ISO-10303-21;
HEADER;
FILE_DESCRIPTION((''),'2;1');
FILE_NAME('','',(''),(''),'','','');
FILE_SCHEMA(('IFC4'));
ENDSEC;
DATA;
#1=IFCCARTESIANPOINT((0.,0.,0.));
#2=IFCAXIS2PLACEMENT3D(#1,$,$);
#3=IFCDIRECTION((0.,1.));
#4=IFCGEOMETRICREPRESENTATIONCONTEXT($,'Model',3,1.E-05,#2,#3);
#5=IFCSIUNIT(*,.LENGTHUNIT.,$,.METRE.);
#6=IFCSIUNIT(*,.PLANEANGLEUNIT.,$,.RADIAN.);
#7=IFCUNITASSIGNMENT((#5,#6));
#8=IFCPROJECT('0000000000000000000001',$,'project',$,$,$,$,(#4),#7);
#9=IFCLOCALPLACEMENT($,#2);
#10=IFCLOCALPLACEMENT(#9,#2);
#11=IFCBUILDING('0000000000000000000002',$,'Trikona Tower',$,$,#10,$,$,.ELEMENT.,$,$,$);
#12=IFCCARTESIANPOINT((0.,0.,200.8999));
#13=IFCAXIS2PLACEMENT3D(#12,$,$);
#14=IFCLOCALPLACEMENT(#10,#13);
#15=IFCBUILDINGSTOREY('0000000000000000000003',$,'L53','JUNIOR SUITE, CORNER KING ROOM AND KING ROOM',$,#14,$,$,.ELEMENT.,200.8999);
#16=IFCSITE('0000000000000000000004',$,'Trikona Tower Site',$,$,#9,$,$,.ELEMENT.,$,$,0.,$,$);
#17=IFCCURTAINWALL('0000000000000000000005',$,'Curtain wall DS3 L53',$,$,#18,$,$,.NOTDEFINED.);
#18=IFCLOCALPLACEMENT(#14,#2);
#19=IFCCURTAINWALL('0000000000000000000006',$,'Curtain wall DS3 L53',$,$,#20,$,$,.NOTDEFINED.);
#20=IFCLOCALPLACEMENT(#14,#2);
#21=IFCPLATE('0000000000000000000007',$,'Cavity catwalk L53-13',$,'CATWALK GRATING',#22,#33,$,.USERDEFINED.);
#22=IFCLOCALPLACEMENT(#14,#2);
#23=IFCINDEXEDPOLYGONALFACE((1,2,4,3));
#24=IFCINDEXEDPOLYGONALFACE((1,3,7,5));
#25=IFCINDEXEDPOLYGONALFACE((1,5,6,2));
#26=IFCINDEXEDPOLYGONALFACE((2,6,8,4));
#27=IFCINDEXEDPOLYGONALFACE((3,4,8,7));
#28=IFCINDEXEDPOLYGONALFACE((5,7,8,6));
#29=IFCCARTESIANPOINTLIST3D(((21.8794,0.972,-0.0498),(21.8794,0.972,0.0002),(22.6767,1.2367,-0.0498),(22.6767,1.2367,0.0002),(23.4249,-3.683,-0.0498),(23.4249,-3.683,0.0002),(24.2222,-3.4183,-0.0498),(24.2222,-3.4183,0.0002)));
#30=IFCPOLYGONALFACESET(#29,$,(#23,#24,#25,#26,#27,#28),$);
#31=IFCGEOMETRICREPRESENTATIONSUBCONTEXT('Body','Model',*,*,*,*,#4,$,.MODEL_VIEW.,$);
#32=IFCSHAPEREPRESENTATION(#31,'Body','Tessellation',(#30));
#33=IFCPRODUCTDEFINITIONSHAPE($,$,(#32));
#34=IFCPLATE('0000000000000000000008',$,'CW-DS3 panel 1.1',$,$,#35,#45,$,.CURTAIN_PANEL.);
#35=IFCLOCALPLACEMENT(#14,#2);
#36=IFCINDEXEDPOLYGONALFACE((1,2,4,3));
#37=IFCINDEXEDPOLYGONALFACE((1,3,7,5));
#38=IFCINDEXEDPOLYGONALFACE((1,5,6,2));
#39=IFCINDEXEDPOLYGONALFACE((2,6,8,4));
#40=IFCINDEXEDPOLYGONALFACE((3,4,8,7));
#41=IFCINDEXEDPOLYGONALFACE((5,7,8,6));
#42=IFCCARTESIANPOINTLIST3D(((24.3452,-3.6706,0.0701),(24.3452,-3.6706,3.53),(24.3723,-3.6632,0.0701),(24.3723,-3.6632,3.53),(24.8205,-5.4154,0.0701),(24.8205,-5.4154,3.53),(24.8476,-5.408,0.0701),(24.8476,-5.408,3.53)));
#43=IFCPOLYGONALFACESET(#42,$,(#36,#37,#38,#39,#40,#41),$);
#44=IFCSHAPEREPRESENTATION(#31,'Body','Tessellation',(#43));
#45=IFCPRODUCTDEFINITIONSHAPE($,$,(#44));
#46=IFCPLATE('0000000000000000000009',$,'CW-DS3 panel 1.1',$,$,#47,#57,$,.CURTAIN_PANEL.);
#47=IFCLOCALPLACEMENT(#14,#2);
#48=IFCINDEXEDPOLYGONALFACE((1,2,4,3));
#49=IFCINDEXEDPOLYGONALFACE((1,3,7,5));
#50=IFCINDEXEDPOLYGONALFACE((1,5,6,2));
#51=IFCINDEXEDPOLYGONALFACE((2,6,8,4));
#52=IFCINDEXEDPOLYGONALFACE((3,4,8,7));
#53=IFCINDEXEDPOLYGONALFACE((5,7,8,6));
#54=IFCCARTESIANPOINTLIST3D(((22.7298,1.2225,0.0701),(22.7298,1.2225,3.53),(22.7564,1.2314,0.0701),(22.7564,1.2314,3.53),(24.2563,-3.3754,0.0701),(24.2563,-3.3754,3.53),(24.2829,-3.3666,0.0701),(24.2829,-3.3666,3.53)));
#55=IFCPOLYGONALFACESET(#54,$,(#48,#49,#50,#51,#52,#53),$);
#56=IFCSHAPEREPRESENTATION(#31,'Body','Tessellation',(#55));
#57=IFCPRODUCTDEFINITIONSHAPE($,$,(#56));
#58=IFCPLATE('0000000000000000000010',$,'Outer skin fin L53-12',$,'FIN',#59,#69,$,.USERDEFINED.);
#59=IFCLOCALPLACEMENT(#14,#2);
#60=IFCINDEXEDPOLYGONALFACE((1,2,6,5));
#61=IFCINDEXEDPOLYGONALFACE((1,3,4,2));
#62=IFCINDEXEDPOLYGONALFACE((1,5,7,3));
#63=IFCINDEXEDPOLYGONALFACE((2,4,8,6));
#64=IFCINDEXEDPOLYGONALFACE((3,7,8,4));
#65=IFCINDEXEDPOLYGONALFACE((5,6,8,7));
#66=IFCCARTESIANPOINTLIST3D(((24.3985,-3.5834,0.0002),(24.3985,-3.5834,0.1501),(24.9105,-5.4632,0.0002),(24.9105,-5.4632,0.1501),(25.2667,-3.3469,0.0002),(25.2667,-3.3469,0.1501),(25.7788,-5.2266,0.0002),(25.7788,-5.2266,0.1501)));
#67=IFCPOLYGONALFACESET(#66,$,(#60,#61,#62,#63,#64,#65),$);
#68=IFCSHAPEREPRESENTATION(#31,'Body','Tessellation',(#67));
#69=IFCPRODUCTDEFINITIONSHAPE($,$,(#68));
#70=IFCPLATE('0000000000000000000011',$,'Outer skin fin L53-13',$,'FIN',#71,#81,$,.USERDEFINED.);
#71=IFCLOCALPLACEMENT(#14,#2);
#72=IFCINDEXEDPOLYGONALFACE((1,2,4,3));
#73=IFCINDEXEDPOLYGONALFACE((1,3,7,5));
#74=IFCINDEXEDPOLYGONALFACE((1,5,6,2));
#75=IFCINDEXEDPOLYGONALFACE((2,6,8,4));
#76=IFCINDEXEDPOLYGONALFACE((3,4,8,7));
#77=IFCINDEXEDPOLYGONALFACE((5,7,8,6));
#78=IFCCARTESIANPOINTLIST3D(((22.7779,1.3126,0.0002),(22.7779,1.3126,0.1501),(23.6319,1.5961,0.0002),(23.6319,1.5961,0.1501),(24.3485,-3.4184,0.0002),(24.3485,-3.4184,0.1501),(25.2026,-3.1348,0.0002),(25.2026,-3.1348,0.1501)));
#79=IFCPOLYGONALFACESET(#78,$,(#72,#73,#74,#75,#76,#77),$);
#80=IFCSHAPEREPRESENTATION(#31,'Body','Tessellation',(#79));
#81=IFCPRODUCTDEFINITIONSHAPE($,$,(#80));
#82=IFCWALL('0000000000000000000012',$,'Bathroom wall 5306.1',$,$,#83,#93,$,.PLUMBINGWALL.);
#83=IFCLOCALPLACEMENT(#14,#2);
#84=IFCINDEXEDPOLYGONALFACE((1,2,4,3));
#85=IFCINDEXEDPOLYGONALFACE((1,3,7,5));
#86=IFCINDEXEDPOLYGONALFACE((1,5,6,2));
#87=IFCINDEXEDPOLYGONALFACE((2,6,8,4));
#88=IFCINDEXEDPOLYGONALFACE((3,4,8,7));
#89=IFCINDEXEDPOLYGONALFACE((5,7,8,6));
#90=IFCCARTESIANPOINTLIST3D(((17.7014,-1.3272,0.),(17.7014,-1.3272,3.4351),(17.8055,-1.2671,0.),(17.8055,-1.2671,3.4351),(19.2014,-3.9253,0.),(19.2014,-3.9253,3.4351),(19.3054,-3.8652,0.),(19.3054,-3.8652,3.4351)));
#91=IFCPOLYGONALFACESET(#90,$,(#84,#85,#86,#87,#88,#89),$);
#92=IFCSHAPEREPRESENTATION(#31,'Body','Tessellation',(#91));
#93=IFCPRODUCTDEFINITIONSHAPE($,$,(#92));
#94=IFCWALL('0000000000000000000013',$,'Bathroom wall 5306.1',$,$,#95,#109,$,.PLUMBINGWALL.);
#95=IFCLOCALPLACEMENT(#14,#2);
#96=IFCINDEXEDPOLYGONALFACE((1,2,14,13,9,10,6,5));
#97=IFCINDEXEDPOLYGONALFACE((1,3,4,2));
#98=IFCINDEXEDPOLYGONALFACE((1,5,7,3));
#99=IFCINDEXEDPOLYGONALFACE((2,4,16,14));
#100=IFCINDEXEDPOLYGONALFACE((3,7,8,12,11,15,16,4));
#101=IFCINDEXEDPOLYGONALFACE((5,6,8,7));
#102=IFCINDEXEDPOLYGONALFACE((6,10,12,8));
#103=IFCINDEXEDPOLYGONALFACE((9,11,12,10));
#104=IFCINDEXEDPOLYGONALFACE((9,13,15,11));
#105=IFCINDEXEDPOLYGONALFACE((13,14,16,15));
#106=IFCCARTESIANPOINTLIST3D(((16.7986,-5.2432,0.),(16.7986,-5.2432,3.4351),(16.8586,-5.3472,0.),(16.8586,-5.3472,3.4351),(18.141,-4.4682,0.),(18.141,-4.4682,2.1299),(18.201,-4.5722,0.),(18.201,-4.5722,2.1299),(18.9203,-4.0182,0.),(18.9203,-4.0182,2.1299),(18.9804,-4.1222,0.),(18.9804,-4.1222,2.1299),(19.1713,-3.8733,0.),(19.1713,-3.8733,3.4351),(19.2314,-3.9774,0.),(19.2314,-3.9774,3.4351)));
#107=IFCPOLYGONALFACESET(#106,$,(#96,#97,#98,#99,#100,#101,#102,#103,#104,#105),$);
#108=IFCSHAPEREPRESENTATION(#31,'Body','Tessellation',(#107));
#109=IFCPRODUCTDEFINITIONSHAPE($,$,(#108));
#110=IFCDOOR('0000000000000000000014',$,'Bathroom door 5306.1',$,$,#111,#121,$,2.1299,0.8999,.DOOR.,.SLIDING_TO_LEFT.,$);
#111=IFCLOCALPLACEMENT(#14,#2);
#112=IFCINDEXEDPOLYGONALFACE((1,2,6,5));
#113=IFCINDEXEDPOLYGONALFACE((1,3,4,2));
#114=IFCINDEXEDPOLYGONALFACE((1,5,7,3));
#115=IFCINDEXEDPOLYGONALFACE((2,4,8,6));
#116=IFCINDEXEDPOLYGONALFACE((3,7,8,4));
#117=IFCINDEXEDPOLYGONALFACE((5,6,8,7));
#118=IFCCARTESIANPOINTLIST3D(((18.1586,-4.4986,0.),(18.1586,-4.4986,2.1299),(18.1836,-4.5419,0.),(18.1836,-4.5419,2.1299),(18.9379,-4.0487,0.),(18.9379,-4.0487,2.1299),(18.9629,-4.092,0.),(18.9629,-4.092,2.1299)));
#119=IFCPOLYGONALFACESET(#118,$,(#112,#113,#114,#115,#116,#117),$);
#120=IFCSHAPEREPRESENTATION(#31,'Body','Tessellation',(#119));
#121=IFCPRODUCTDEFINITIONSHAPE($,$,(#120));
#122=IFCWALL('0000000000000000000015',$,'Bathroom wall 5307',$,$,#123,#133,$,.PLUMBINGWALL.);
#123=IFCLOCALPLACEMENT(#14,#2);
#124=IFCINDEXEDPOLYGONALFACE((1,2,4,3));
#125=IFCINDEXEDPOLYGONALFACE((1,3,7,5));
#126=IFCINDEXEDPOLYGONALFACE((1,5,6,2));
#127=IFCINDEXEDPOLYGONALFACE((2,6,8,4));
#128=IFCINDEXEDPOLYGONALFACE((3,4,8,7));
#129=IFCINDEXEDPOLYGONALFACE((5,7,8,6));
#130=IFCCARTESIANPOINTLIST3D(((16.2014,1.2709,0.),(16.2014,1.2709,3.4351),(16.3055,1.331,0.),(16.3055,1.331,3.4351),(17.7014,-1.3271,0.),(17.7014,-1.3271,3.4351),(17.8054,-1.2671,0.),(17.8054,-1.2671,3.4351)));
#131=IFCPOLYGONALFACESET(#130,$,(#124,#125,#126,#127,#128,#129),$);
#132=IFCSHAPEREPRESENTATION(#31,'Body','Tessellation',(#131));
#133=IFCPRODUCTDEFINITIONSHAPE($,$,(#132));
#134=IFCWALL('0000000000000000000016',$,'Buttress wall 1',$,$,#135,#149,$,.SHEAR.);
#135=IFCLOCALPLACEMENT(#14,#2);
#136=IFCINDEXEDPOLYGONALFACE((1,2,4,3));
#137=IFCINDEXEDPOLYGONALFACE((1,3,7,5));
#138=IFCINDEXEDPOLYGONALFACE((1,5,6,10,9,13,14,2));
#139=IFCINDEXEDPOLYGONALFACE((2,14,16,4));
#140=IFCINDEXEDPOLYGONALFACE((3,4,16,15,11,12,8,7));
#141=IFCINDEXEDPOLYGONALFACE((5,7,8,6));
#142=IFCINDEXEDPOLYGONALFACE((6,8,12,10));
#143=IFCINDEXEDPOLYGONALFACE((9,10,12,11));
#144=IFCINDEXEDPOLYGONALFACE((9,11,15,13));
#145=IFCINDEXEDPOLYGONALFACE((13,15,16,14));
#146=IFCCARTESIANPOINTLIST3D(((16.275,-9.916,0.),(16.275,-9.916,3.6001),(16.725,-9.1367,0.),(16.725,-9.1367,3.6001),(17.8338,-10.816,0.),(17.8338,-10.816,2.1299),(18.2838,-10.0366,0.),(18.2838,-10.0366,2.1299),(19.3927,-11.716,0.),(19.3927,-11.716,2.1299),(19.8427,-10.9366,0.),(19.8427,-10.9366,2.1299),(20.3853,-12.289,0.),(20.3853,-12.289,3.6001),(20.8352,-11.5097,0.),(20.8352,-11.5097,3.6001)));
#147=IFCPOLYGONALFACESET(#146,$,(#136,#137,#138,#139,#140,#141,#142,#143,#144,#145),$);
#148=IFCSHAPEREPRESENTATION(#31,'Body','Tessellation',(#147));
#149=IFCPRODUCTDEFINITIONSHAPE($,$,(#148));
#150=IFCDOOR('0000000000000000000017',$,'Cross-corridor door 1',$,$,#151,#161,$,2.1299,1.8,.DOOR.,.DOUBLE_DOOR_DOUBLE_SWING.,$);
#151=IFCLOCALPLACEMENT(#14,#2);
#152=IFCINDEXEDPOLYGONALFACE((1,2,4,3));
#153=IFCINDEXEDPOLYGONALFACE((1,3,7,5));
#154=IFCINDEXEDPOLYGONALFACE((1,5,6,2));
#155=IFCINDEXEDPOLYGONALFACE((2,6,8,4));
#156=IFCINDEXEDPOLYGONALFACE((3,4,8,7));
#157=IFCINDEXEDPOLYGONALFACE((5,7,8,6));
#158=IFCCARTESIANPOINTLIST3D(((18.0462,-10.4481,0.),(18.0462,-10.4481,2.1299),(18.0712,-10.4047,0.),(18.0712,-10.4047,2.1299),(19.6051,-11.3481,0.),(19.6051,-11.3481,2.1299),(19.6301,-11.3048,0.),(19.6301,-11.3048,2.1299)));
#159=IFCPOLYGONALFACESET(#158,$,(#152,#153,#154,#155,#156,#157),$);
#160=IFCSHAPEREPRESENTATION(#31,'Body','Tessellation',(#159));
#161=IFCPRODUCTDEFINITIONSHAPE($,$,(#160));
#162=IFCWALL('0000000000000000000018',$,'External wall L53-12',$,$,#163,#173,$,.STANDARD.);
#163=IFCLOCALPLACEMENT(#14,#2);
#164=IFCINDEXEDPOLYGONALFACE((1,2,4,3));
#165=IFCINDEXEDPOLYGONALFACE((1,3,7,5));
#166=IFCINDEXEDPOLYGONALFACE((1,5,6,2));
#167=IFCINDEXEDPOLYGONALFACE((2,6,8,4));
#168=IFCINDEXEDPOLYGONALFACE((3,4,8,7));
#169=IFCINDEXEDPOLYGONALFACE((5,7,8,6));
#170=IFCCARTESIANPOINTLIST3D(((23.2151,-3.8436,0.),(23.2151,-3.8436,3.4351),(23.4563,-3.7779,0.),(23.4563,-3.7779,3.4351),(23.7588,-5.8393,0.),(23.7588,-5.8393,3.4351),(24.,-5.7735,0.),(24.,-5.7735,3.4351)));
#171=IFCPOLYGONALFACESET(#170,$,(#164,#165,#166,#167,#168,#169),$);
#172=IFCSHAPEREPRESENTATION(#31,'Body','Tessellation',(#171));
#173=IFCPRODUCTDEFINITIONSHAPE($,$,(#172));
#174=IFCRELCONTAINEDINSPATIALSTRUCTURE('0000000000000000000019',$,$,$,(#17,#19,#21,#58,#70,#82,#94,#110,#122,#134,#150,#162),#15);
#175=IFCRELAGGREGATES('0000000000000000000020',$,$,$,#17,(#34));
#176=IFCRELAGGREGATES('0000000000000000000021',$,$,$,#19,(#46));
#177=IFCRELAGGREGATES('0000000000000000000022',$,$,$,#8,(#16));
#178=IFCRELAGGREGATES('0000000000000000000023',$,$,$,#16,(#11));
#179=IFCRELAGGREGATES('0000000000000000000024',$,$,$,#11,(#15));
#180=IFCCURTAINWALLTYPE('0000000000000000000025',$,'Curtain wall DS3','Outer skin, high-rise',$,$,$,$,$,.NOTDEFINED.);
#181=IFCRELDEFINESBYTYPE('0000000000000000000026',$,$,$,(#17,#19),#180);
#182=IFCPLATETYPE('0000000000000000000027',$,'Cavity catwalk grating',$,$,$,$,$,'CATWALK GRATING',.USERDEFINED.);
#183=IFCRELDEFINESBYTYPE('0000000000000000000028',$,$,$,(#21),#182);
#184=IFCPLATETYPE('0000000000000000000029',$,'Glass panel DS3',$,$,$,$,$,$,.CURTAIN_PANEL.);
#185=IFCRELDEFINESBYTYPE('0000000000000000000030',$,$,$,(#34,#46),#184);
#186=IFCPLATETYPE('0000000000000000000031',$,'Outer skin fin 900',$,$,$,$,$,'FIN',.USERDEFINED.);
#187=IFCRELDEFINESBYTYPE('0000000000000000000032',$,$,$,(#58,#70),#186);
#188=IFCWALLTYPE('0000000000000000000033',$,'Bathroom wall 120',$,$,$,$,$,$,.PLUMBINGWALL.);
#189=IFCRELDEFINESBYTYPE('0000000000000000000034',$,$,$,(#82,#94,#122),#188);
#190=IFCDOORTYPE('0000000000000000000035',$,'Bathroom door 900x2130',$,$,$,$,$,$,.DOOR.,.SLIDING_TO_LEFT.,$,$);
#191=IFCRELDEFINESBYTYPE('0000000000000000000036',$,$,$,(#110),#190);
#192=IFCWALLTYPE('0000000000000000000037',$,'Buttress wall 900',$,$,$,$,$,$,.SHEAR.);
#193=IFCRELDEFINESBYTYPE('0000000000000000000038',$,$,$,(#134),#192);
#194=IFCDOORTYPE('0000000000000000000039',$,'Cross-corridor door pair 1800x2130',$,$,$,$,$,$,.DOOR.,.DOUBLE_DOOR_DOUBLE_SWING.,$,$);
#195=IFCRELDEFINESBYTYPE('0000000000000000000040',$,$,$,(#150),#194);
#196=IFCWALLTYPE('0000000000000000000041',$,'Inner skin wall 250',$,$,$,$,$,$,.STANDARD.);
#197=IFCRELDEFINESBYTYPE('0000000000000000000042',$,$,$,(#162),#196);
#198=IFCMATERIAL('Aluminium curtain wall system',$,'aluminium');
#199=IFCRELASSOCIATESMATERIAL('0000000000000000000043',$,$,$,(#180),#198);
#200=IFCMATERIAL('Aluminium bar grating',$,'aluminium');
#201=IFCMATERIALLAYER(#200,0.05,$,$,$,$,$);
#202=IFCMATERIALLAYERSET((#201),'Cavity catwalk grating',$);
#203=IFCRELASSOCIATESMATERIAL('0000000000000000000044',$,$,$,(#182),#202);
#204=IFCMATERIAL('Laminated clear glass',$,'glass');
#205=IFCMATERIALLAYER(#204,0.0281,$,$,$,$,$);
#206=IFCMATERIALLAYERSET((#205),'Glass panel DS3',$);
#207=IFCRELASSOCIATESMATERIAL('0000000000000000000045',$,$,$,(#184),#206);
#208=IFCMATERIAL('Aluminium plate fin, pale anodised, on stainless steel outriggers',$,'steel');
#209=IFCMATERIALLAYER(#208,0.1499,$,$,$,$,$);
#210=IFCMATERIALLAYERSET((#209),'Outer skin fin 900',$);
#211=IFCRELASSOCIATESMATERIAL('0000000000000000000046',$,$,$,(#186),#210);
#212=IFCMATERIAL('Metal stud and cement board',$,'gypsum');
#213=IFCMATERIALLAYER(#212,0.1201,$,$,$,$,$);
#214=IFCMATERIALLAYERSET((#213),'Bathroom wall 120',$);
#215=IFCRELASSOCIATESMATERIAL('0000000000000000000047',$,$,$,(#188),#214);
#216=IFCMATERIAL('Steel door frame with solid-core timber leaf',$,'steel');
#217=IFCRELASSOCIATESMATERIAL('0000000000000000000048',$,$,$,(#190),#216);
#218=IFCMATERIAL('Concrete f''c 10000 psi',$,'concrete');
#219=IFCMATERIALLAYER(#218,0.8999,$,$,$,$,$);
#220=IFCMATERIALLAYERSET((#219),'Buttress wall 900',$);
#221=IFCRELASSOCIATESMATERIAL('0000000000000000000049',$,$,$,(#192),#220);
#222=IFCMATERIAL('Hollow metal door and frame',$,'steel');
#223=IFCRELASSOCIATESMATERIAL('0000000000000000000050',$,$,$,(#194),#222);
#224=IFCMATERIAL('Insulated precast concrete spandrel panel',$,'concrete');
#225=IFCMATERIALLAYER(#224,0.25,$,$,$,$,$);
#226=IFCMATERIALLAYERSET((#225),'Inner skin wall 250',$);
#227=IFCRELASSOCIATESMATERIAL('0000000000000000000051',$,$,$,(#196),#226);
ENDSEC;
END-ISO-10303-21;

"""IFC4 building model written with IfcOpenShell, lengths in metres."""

from ifc_helpers import new_model, si_unit, direction, frame, frame_2d, origin, origin_2d, place, context, subcontext, project, spatial, rectangle, extrude, material, layer, layer_set, type_object, element, fill, aggregate, save


model = new_model("IFC4")

# Units and contexts
model_context = context("Model", 3, precision=1e-05, world=origin(), true_north=direction((0.0, 1.0)))
body_context = subcontext(model_context, "Body", "Model", "MODEL_VIEW")
ifc_project = project(units=[si_unit("LENGTHUNIT", "METRE"), si_unit("PLANEANGLEUNIT", "RADIAN")], contexts=[model_context])

# Site, building, storey
site_placement = place(None, origin())
site = spatial("IfcSite", under=ifc_project, at=site_placement, Name="Trikona Tower Site", CompositionType="ELEMENT", RefElevation=0.0)
building_placement = place(site_placement, origin())
building = spatial("IfcBuilding", under=site, at=building_placement, Name="Trikona Tower", CompositionType="ELEMENT")
storey_placement = place(building_placement, frame((0.0, 0.0, 200.8999)))
storey = spatial("IfcBuildingStorey", under=building, at=storey_placement, Name="L53", Description="JUNIOR SUITE, CORNER KING ROOM AND KING ROOM", CompositionType="ELEMENT", Elevation=200.8999)

# Curtain wall
ifc_material_1 = material(Name="Aluminium curtain wall system", Category="aluminium")
curtain_wall_type = type_object("IfcCurtainWallType", Name="Curtain wall DS3", Description="Outer skin, high-rise", PredefinedType="NOTDEFINED", material=ifc_material_1)
curtain_wall_1_placement = place(storey_placement, origin())
curtain_wall_1 = element("IfcCurtainWall", 1, at=curtain_wall_1_placement, inside=storey, type_object=curtain_wall_type, Name="Curtain wall DS3 L53", PredefinedType="NOTDEFINED")

# Curtain wall
curtain_wall_2_placement = place(storey_placement, origin())
curtain_wall_2 = element("IfcCurtainWall", 2, at=curtain_wall_2_placement, inside=storey, type_object=curtain_wall_type, Name="Curtain wall DS3 L53", PredefinedType="NOTDEFINED")

# Plate
ifc_material_2 = material(Name="Aluminium bar grating", Category="aluminium")
ifc_layer_1 = layer(ifc_material_2, 0.05)
ifc_layer_set_1 = layer_set([ifc_layer_1], Name="Cavity catwalk grating")
plate_type_1 = type_object("IfcPlateType", Name="Cavity catwalk grating", ElementType="CATWALK GRATING", PredefinedType="USERDEFINED", material=ifc_layer_set_1)
plate_1_placement = place(storey_placement, frame((23.0508, -1.2231, -0.0498), z_axis=(0.0, 0.0, 1.0), x_axis=(-0.315093, 0.949061, 0.0)))
element("IfcPlate", 3, at=plate_1_placement, inside=storey, type_object=plate_type_1, Name="Cavity catwalk L53-13", ObjectType="CATWALK GRATING", PredefinedType="USERDEFINED", context=body_context, shape_type="SweptSolid", body=[
    extrude(rectangle(XDim=4.9048, YDim=0.8401, at=origin_2d()), origin(), (0.0, 0.0, 1.0), 0.05),
])

# Plates
ifc_material_3 = material(Name="Laminated clear glass", Category="glass")
ifc_layer_2 = layer(ifc_material_3, 0.0281)
ifc_layer_set_2 = layer_set([ifc_layer_2], Name="Glass panel DS3")
plate_type_2 = type_object("IfcPlateType", Name="Glass panel DS3", PredefinedType="CURTAIN_PANEL", material=ifc_layer_set_2)
plate_2_placement = place(storey_placement, frame((24.5964, -4.5393, 0.0701), z_axis=(0.0, 0.0, 1.0), x_axis=(-0.262844, 0.964838, 0.0)))
plate_2 = element("IfcPlate", 4, at=plate_2_placement, type_object=plate_type_2, Name="CW-DS3 panel 1.1", PredefinedType="CURTAIN_PANEL", context=body_context, shape_type="SweptSolid", body=[
    extrude(rectangle(XDim=1.8083, YDim=0.0281, at=origin_2d()), origin(), (0.0, 0.0, 1.0), 3.46),
])
aggregate(curtain_wall_1, [plate_2])
plate_3_placement = place(storey_placement, frame((23.5063, -1.072, 0.0701), z_axis=(0.0, 0.0, 1.0), x_axis=(-0.315078, 0.949066, 0.0)))
plate_3 = element("IfcPlate", 5, at=plate_3_placement, type_object=plate_type_2, Name="CW-DS3 panel 1.1", PredefinedType="CURTAIN_PANEL", context=body_context, shape_type="SweptSolid", body=[
    extrude(rectangle(XDim=4.8447, YDim=0.0281, at=origin_2d()), origin(), (0.0, 0.0, 1.0), 3.46),
])
aggregate(curtain_wall_2, [plate_3])

# Plates
ifc_material_4 = material(Name="Aluminium plate fin, pale anodised, on stainless steel outriggers", Category="steel")
ifc_layer_3 = layer(ifc_material_4, 0.1499)
ifc_layer_set_3 = layer_set([ifc_layer_3], Name="Outer skin fin 900")
plate_type_3 = type_object("IfcPlateType", Name="Outer skin fin 900", ElementType="FIN", PredefinedType="USERDEFINED", material=ifc_layer_set_3)
plate_4_placement = place(storey_placement, frame((25.0886, -4.405, 0.0002), z_axis=(0.0, 0.0, 1.0), x_axis=(-0.262822, 0.964844, 0.0)))
element("IfcPlate", 6, at=plate_4_placement, inside=storey, type_object=plate_type_3, Name="Outer skin fin L53-12", ObjectType="FIN", PredefinedType="USERDEFINED", context=body_context, shape_type="SweptSolid", body=[
    extrude(rectangle(XDim=1.9482, YDim=0.8999, at=origin_2d()), origin(), (0.0, 0.0, 1.0), 0.1499),
])
plate_5_placement = place(storey_placement, frame((23.9902, -0.9111, 0.0002), z_axis=(0.0, 0.0, 1.0), x_axis=(-0.315093, 0.949061, 0.0)))
element("IfcPlate", 7, at=plate_5_placement, inside=storey, type_object=plate_type_3, Name="Outer skin fin L53-13", ObjectType="FIN", PredefinedType="USERDEFINED", context=body_context, shape_type="SweptSolid", body=[
    extrude(rectangle(XDim=4.9849, YDim=0.8999, at=origin_2d()), origin(), (0.0, 0.0, 1.0), 0.1499),
])

# Wall
ifc_material_5 = material(Name="Metal stud and cement board", Category="gypsum")
ifc_layer_4 = layer(ifc_material_5, 0.1201)
ifc_layer_set_4 = layer_set([ifc_layer_4], Name="Bathroom wall 120")
wall_type_1 = type_object("IfcWallType", Name="Bathroom wall 120", PredefinedType="PLUMBINGWALL", material=ifc_layer_set_4)
wall_1_placement = place(storey_placement, frame((19.2534, -3.8953, 0.0), z_axis=(0.0, 0.0, 1.0), x_axis=(-0.49999, 0.866031, 0.0)))
element("IfcWall", 8, at=wall_1_placement, inside=storey, type_object=wall_type_1, Name="Bathroom wall 5306.1", PredefinedType="PLUMBINGWALL", context=body_context, shape_type="SweptSolid", body=[
    extrude(rectangle(XDim=3.0, YDim=0.1201, at=frame_2d((1.5, 0.0))), origin(), (0.0, 0.0, 1.0), 3.4351),
])

# Wall, opening, door
wall_2_placement = place(storey_placement, frame((16.8286, -5.2952, 0.0), z_axis=(0.0, 0.0, 1.0), x_axis=(0.866036, 0.499982, 0.0)))
wall_2 = element("IfcWall", 9, at=wall_2_placement, inside=storey, type_object=wall_type_1, Name="Bathroom wall 5306.1", PredefinedType="PLUMBINGWALL", context=body_context, shape_type="SweptSolid", body=[
    extrude(rectangle(XDim=2.7397, YDim=0.1201, at=frame_2d((1.3699, 0.0))), origin(), (0.0, 0.0, 1.0), 3.4351),
])
opening_1_placement = place(wall_2_placement, frame((1.55, 0.0, 0.0)))
opening_1 = element("IfcOpeningElement", 10, at=opening_1_placement, cuts=wall_2, PredefinedType="OPENING", context=body_context, shape_type="SweptSolid", body=[
    extrude(rectangle(XDim=0.8999, YDim=2.1299, at=frame_2d((0.45, 1.0649))), frame((0.0, 0.0701, 0.0), z_axis=(0.0, -1.0, 0.0), x_axis=(1.0, 0.0, 0.0)), (0.0, 0.0, 1.0), 0.1401),
])
ifc_material_6 = material(Name="Steel door frame with solid-core timber leaf", Category="steel")
door_type_1 = type_object("IfcDoorType", Name="Bathroom door 900x2130", OperationType="SLIDING_TO_LEFT", PredefinedType="DOOR", material=ifc_material_6)
door_1_placement = place(opening_1_placement, origin())
door_1 = element("IfcDoor", 11, at=door_1_placement, inside=storey, type_object=door_type_1, Name="Bathroom door 5306.1", OperationType="SLIDING_TO_LEFT", OverallHeight=2.1299, OverallWidth=0.8999, PredefinedType="DOOR", context=body_context, shape_type="SweptSolid", body=[
    extrude(rectangle(XDim=0.8999, YDim=2.1299, at=frame_2d((0.45, 1.0649))), frame((0.0, 0.0249, 0.0), z_axis=(0.0, -1.0, 0.0), x_axis=(1.0, 0.0, 0.0)), (0.0, 0.0, 1.0), 0.05),
])
fill(opening_1, door_1)

# Wall
wall_3_placement = place(storey_placement, frame((17.7534, -1.2971, 0.0), z_axis=(0.0, 0.0, 1.0), x_axis=(-0.49999, 0.866031, 0.0)))
element("IfcWall", 12, at=wall_3_placement, inside=storey, type_object=wall_type_1, Name="Bathroom wall 5307", PredefinedType="PLUMBINGWALL", context=body_context, shape_type="SweptSolid", body=[
    extrude(rectangle(XDim=3.0, YDim=0.1201, at=frame_2d((1.5, 0.0))), origin(), (0.0, 0.0, 1.0), 3.4351),
])

# Wall, opening, door
ifc_material_7 = material(Name="Concrete f'c 10000 psi", Category="concrete")
ifc_layer_5 = layer(ifc_material_7, 0.8999)
ifc_layer_set_5 = layer_set([ifc_layer_5], Name="Buttress wall 900")
wall_type_2 = type_object("IfcWallType", Name="Buttress wall 900", PredefinedType="SHEAR", material=ifc_layer_set_5)
wall_4_placement = place(storey_placement, frame((16.5, -9.5264, 0.0), z_axis=(0.0, 0.0, 1.0), x_axis=(0.866031, -0.49999, 0.0)))
wall_4 = element("IfcWall", 13, at=wall_4_placement, inside=storey, type_object=wall_type_2, Name="Buttress wall 1", PredefinedType="SHEAR", context=body_context, shape_type="SweptSolid", body=[
    extrude(rectangle(XDim=4.7461, YDim=0.8999, at=frame_2d((2.373, 0.0))), origin(), (0.0, 0.0, 1.0), 3.6001),
])
opening_2_placement = place(wall_4_placement, frame((1.8, 0.0, 0.0)))
opening_2 = element("IfcOpeningElement", 14, at=opening_2_placement, cuts=wall_4, PredefinedType="OPENING", context=body_context, shape_type="SweptSolid", body=[
    extrude(rectangle(XDim=1.8, YDim=2.1299, at=frame_2d((0.8999, 1.0649))), frame((0.0, 0.46, 0.0), z_axis=(0.0, -1.0, 0.0), x_axis=(1.0, 0.0, 0.0)), (0.0, 0.0, 1.0), 0.9199),
])
ifc_material_8 = material(Name="Hollow metal door and frame", Category="steel")
door_type_2 = type_object("IfcDoorType", Name="Cross-corridor door pair 1800x2130", OperationType="DOUBLE_DOOR_DOUBLE_SWING", PredefinedType="DOOR", material=ifc_material_8)
door_2_placement = place(opening_2_placement, origin())
door_2 = element("IfcDoor", 15, at=door_2_placement, inside=storey, type_object=door_type_2, Name="Cross-corridor door 1", OperationType="DOUBLE_DOOR_DOUBLE_SWING", OverallHeight=2.1299, OverallWidth=1.8, PredefinedType="DOOR", context=body_context, shape_type="SweptSolid", body=[
    extrude(rectangle(XDim=1.8, YDim=2.1299, at=frame_2d((0.8999, 1.0649))), frame((0.0, 0.0249, 0.0), z_axis=(0.0, -1.0, 0.0), x_axis=(1.0, 0.0, 0.0)), (0.0, 0.0, 1.0), 0.05),
])
fill(opening_2, door_2)

# Wall
ifc_material_9 = material(Name="Insulated precast concrete spandrel panel", Category="concrete")
ifc_layer_6 = layer(ifc_material_9, 0.25)
ifc_layer_set_6 = layer_set([ifc_layer_6], Name="Inner skin wall 250")
wall_type_3 = type_object("IfcWallType", Name="Inner skin wall 250", PredefinedType="STANDARD", material=ifc_layer_set_6)
wall_5_placement = place(storey_placement, frame((23.8794, -5.8064, 0.0), z_axis=(0.0, 0.0, 1.0), x_axis=(-0.262868, 0.964832, 0.0)))
element("IfcWall", 16, at=wall_5_placement, inside=storey, type_object=wall_type_3, Name="External wall L53-12", PredefinedType="STANDARD", context=body_context, shape_type="SweptSolid", body=[
    extrude(rectangle(XDim=2.0684, YDim=0.25, at=frame_2d((1.0342, 0.0))), origin(), (0.0, 0.0, 1.0), 3.4351),
])

save(model, "model.ifc")
